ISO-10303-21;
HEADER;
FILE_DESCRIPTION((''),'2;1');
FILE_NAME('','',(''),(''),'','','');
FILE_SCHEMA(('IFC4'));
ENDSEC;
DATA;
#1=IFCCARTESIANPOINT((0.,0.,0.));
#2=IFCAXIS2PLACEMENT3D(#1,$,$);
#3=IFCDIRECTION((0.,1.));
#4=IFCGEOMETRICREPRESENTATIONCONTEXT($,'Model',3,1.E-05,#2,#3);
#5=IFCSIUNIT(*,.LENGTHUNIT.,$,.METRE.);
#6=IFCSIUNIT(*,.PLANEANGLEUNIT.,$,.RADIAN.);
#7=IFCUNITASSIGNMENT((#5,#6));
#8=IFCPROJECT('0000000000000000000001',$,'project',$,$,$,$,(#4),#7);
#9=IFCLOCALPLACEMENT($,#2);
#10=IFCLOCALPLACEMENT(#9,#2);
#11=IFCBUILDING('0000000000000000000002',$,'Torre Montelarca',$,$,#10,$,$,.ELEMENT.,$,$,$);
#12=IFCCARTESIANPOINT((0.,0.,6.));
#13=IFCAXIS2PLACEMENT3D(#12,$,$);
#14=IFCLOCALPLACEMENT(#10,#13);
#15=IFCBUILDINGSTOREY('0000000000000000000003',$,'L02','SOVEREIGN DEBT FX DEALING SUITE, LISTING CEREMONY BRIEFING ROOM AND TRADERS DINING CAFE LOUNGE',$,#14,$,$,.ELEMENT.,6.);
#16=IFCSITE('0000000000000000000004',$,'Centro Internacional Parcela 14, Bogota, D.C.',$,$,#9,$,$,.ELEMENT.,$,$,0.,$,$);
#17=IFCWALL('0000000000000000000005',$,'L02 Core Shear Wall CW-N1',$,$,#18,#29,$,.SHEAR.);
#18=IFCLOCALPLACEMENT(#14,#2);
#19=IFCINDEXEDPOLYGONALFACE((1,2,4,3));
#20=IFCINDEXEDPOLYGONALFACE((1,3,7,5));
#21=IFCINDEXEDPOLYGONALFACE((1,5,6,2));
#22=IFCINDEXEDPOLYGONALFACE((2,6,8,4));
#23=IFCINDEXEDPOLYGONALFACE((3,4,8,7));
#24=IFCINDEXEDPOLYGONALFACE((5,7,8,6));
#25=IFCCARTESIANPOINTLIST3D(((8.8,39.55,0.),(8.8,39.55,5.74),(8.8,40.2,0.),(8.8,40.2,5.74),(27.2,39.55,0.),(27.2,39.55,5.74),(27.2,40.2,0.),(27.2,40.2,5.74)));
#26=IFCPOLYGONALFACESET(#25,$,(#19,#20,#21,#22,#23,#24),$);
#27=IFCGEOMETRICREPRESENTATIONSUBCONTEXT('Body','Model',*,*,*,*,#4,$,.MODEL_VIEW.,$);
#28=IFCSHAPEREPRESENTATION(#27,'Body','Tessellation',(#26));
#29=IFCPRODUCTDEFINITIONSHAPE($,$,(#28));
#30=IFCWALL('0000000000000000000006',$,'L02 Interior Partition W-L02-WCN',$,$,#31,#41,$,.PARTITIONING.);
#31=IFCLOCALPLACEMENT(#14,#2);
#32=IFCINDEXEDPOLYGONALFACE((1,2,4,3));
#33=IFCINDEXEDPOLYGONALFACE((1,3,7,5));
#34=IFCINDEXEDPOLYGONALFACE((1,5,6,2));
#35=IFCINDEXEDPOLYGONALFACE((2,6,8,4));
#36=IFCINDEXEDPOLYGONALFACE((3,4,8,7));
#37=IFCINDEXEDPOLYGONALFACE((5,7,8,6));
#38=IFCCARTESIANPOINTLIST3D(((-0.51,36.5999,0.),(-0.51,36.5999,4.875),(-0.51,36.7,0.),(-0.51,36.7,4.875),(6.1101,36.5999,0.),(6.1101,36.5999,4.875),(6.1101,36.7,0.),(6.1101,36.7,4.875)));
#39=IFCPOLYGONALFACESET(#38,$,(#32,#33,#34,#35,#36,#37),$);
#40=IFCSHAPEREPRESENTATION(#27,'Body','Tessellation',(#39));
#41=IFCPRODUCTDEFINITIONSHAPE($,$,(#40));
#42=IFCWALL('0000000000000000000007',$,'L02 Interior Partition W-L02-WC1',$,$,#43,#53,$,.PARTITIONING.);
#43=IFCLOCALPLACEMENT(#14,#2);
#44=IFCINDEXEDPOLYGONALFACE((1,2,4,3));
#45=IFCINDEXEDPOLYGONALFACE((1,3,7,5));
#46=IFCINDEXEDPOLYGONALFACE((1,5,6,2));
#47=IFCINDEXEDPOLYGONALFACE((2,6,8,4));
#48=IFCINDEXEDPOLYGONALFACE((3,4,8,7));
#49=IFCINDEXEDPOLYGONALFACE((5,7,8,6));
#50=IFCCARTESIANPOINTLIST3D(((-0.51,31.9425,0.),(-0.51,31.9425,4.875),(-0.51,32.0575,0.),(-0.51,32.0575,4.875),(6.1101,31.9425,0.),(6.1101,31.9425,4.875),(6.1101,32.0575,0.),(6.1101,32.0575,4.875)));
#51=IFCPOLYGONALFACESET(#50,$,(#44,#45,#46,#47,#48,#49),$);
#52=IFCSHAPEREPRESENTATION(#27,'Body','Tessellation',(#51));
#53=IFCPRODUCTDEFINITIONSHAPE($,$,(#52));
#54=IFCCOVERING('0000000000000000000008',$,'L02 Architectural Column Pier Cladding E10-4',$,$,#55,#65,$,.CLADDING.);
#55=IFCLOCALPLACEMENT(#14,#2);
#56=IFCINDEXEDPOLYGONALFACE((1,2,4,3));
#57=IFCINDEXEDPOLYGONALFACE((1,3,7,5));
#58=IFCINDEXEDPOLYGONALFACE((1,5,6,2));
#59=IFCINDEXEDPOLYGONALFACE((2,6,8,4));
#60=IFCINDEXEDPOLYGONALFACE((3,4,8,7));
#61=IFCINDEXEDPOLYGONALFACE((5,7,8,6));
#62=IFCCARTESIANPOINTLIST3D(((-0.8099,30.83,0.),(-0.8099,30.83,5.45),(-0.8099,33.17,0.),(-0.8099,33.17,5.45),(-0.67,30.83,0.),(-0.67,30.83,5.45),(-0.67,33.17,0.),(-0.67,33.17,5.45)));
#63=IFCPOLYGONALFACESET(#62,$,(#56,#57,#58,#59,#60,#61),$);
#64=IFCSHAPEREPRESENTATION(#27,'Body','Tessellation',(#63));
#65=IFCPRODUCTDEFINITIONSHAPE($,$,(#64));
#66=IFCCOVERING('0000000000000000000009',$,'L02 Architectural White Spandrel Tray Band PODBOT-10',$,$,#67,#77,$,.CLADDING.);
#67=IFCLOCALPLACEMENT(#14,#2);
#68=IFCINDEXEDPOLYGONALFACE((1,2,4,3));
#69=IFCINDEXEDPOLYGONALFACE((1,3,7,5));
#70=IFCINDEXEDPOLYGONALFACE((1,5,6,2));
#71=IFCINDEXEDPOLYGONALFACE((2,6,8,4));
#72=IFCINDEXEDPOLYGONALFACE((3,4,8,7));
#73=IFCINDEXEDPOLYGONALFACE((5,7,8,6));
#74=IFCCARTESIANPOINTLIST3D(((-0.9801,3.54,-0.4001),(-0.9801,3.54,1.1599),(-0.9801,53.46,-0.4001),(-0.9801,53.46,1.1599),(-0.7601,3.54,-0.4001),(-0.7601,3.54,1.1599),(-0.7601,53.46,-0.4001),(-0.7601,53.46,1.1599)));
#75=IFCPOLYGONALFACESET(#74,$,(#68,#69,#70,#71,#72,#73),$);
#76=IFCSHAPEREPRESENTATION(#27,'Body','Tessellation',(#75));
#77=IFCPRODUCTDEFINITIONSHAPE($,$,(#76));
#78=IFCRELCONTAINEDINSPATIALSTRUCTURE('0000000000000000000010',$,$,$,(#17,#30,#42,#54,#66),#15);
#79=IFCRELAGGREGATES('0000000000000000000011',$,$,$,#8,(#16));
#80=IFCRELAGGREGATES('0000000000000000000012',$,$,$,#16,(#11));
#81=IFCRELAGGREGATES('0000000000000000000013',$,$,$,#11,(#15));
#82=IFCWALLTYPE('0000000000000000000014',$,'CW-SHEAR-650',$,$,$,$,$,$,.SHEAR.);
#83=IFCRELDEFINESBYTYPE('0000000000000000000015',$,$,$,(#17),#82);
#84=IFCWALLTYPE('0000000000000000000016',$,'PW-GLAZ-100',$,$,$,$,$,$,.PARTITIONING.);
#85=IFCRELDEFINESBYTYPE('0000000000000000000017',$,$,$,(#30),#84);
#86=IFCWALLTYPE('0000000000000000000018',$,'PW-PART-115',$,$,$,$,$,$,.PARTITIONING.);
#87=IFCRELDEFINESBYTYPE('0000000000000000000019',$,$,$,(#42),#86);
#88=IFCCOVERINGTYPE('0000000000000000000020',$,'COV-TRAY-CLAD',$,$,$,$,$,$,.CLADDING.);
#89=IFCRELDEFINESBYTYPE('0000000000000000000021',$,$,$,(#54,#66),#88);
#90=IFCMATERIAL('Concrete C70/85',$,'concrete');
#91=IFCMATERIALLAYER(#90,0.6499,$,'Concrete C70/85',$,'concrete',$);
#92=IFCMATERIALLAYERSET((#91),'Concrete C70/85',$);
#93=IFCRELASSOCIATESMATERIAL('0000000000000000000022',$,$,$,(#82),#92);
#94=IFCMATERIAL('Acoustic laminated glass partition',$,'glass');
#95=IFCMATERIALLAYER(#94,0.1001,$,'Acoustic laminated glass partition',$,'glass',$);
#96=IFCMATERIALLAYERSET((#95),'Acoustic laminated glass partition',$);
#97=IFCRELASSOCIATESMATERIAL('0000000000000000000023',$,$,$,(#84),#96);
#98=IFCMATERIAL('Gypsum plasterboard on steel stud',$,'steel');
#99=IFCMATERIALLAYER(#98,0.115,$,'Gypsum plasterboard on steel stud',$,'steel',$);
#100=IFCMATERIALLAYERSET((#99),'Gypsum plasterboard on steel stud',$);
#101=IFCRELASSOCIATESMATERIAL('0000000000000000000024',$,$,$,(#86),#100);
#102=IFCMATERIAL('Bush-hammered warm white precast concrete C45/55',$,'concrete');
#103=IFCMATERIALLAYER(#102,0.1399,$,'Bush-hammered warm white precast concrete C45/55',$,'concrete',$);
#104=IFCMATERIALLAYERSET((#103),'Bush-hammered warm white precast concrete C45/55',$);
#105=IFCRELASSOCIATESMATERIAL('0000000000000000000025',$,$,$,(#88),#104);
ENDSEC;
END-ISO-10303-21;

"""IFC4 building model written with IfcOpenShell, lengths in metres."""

from ifc_helpers import new_model, si_unit, direction, frame, frame_2d, origin, origin_2d, place, context, subcontext, project, spatial, rectangle, extrude, source, transform, mapped, material, layer, layer_set, type_object, element, save


model = new_model("IFC4")

# Units and contexts
model_context = context("Model", 3, precision=1e-05, world=origin(), true_north=direction((0.0, 1.0)))
body_context = subcontext(model_context, "Body", "Model", "MODEL_VIEW")
ifc_project = project(units=[si_unit("LENGTHUNIT", "METRE"), si_unit("PLANEANGLEUNIT", "RADIAN")], contexts=[model_context])

# Site, building, storey
site_placement = place(None, origin())
site = spatial("IfcSite", under=ifc_project, at=site_placement, Name="Centro Internacional Parcela 14, Bogota, D.C.", CompositionType="ELEMENT", RefElevation=0.0)
building_placement = place(site_placement, origin())
building = spatial("IfcBuilding", under=site, at=building_placement, Name="Torre Montelarca", CompositionType="ELEMENT")
storey_placement = place(building_placement, frame((0.0, 0.0, 6.0)))
storey = spatial("IfcBuildingStorey", under=building, at=storey_placement, Name="L02", Description="SOVEREIGN DEBT FX DEALING SUITE, LISTING CEREMONY BRIEFING ROOM AND TRADERS DINING CAFE LOUNGE", CompositionType="ELEMENT", Elevation=6.0)

# Shared definitions
ifc_material_1 = material(Name="Concrete C70/85", Category="concrete")

# Walls
ifc_layer_1 = layer(ifc_material_1, 0.6499, Name="Concrete C70/85", Category="concrete")
ifc_layer_set_1 = layer_set([ifc_layer_1], Name="Concrete C70/85")
wall_type_1 = type_object("IfcWallType", Name="CW-SHEAR-650", PredefinedType="SHEAR", material=ifc_layer_set_1)
wall_1_placement = place(storey_placement, frame((8.8, 39.875, 0.0), z_axis=(0.0, 0.0, 1.0), x_axis=(1.0, 0.0, 0.0)))
element("IfcWall", 1, at=wall_1_placement, inside=storey, type_object=wall_type_1, Name="L02 Core Shear Wall CW-N1", PredefinedType="SHEAR", context=body_context, shape_type="SweptSolid", body=[
    extrude(rectangle(XDim=18.3999, YDim=0.6499, at=frame_2d((9.2, 0.0))), origin(), (0.0, 0.0, 1.0), 5.74),
])
ifc_material_2 = material(Name="Acoustic laminated glass partition", Category="glass")
ifc_layer_2 = layer(ifc_material_2, 0.1001, Name="Acoustic laminated glass partition", Category="glass")
ifc_layer_set_2 = layer_set([ifc_layer_2], Name="Acoustic laminated glass partition")
wall_type_2 = type_object("IfcWallType", Name="PW-GLAZ-100", PredefinedType="PARTITIONING", material=ifc_layer_set_2)
wall_2_placement = place(storey_placement, frame((-0.51, 36.6499, 0.0), z_axis=(0.0, 0.0, 1.0), x_axis=(1.0, 0.0, 0.0)))
element("IfcWall", 2, at=wall_2_placement, inside=storey, type_object=wall_type_2, Name="L02 Interior Partition W-L02-WCN", PredefinedType="PARTITIONING", context=body_context, shape_type="SweptSolid", body=[
    extrude(rectangle(XDim=6.6201, YDim=0.1001, at=frame_2d((3.3101, 0.0))), origin(), (0.0, 0.0, 1.0), 4.875),
])
ifc_material_3 = material(Name="Gypsum plasterboard on steel stud", Category="steel")
ifc_layer_3 = layer(ifc_material_3, 0.115, Name="Gypsum plasterboard on steel stud", Category="steel")
ifc_layer_set_3 = layer_set([ifc_layer_3], Name="Gypsum plasterboard on steel stud")
wall_type_3 = type_object("IfcWallType", Name="PW-PART-115", PredefinedType="PARTITIONING", material=ifc_layer_set_3)
wall_3_placement = place(storey_placement, frame((-0.51, 32.0, 0.0), z_axis=(0.0, 0.0, 1.0), x_axis=(1.0, 0.0, 0.0)))
element("IfcWall", 3, at=wall_3_placement, inside=storey, type_object=wall_type_3, Name="L02 Interior Partition W-L02-WC1", PredefinedType="PARTITIONING", context=body_context, shape_type="SweptSolid", body=[
    extrude(rectangle(XDim=6.6201, YDim=0.115, at=frame_2d((3.3101, 0.0))), origin(), (0.0, 0.0, 1.0), 4.875),
])

# Coverings
ifc_material_4 = material(Name="Bush-hammered warm white precast concrete C45/55", Category="concrete")
ifc_layer_4 = layer(ifc_material_4, 0.1399, Name="Bush-hammered warm white precast concrete C45/55", Category="concrete")
ifc_layer_set_4 = layer_set([ifc_layer_4], Name="Bush-hammered warm white precast concrete C45/55")
covering_type = type_object("IfcCoveringType", Name="COV-TRAY-CLAD", PredefinedType="CLADDING", material=ifc_layer_set_4)
shared_shape_1 = source(origin(), body_context, "Body", "SweptSolid", [
    extrude(rectangle(XDim=2.3401, YDim=0.1399, at=origin_2d()), origin(), (0.0, 0.0, 1.0), 5.45),
])
covering_1_placement = place(storey_placement, frame((-0.74, 32.0, 0.0), z_axis=(0.0, 0.0, 1.0), x_axis=(0.0, -1.0, 0.0)))
element("IfcCovering", 4, at=covering_1_placement, inside=storey, type_object=covering_type, Name="L02 Architectural Column Pier Cladding E10-4", PredefinedType="CLADDING", context=body_context, shape_type="MappedRepresentation", body=[
    mapped(shared_shape_1, transform((0.0, 0.0, 0.0), scale=1.0)),
])
shared_shape_2 = source(origin(), body_context, "Body", "SweptSolid", [
    extrude(rectangle(XDim=49.9199, YDim=0.22, at=origin_2d()), origin(), (0.0, 0.0, 1.0), 1.5601),
])
covering_2_placement = place(storey_placement, frame((-0.8701, 28.5, -0.4001), z_axis=(0.0, 0.0, 1.0), x_axis=(0.0, -1.0, 0.0)))
element("IfcCovering", 5, at=covering_2_placement, inside=storey, type_object=covering_type, Name="L02 Architectural White Spandrel Tray Band PODBOT-10", PredefinedType="CLADDING", context=body_context, shape_type="MappedRepresentation", body=[
    mapped(shared_shape_2, transform((0.0, 0.0, 0.0), scale=1.0)),
])

save(model, "model.ifc")
